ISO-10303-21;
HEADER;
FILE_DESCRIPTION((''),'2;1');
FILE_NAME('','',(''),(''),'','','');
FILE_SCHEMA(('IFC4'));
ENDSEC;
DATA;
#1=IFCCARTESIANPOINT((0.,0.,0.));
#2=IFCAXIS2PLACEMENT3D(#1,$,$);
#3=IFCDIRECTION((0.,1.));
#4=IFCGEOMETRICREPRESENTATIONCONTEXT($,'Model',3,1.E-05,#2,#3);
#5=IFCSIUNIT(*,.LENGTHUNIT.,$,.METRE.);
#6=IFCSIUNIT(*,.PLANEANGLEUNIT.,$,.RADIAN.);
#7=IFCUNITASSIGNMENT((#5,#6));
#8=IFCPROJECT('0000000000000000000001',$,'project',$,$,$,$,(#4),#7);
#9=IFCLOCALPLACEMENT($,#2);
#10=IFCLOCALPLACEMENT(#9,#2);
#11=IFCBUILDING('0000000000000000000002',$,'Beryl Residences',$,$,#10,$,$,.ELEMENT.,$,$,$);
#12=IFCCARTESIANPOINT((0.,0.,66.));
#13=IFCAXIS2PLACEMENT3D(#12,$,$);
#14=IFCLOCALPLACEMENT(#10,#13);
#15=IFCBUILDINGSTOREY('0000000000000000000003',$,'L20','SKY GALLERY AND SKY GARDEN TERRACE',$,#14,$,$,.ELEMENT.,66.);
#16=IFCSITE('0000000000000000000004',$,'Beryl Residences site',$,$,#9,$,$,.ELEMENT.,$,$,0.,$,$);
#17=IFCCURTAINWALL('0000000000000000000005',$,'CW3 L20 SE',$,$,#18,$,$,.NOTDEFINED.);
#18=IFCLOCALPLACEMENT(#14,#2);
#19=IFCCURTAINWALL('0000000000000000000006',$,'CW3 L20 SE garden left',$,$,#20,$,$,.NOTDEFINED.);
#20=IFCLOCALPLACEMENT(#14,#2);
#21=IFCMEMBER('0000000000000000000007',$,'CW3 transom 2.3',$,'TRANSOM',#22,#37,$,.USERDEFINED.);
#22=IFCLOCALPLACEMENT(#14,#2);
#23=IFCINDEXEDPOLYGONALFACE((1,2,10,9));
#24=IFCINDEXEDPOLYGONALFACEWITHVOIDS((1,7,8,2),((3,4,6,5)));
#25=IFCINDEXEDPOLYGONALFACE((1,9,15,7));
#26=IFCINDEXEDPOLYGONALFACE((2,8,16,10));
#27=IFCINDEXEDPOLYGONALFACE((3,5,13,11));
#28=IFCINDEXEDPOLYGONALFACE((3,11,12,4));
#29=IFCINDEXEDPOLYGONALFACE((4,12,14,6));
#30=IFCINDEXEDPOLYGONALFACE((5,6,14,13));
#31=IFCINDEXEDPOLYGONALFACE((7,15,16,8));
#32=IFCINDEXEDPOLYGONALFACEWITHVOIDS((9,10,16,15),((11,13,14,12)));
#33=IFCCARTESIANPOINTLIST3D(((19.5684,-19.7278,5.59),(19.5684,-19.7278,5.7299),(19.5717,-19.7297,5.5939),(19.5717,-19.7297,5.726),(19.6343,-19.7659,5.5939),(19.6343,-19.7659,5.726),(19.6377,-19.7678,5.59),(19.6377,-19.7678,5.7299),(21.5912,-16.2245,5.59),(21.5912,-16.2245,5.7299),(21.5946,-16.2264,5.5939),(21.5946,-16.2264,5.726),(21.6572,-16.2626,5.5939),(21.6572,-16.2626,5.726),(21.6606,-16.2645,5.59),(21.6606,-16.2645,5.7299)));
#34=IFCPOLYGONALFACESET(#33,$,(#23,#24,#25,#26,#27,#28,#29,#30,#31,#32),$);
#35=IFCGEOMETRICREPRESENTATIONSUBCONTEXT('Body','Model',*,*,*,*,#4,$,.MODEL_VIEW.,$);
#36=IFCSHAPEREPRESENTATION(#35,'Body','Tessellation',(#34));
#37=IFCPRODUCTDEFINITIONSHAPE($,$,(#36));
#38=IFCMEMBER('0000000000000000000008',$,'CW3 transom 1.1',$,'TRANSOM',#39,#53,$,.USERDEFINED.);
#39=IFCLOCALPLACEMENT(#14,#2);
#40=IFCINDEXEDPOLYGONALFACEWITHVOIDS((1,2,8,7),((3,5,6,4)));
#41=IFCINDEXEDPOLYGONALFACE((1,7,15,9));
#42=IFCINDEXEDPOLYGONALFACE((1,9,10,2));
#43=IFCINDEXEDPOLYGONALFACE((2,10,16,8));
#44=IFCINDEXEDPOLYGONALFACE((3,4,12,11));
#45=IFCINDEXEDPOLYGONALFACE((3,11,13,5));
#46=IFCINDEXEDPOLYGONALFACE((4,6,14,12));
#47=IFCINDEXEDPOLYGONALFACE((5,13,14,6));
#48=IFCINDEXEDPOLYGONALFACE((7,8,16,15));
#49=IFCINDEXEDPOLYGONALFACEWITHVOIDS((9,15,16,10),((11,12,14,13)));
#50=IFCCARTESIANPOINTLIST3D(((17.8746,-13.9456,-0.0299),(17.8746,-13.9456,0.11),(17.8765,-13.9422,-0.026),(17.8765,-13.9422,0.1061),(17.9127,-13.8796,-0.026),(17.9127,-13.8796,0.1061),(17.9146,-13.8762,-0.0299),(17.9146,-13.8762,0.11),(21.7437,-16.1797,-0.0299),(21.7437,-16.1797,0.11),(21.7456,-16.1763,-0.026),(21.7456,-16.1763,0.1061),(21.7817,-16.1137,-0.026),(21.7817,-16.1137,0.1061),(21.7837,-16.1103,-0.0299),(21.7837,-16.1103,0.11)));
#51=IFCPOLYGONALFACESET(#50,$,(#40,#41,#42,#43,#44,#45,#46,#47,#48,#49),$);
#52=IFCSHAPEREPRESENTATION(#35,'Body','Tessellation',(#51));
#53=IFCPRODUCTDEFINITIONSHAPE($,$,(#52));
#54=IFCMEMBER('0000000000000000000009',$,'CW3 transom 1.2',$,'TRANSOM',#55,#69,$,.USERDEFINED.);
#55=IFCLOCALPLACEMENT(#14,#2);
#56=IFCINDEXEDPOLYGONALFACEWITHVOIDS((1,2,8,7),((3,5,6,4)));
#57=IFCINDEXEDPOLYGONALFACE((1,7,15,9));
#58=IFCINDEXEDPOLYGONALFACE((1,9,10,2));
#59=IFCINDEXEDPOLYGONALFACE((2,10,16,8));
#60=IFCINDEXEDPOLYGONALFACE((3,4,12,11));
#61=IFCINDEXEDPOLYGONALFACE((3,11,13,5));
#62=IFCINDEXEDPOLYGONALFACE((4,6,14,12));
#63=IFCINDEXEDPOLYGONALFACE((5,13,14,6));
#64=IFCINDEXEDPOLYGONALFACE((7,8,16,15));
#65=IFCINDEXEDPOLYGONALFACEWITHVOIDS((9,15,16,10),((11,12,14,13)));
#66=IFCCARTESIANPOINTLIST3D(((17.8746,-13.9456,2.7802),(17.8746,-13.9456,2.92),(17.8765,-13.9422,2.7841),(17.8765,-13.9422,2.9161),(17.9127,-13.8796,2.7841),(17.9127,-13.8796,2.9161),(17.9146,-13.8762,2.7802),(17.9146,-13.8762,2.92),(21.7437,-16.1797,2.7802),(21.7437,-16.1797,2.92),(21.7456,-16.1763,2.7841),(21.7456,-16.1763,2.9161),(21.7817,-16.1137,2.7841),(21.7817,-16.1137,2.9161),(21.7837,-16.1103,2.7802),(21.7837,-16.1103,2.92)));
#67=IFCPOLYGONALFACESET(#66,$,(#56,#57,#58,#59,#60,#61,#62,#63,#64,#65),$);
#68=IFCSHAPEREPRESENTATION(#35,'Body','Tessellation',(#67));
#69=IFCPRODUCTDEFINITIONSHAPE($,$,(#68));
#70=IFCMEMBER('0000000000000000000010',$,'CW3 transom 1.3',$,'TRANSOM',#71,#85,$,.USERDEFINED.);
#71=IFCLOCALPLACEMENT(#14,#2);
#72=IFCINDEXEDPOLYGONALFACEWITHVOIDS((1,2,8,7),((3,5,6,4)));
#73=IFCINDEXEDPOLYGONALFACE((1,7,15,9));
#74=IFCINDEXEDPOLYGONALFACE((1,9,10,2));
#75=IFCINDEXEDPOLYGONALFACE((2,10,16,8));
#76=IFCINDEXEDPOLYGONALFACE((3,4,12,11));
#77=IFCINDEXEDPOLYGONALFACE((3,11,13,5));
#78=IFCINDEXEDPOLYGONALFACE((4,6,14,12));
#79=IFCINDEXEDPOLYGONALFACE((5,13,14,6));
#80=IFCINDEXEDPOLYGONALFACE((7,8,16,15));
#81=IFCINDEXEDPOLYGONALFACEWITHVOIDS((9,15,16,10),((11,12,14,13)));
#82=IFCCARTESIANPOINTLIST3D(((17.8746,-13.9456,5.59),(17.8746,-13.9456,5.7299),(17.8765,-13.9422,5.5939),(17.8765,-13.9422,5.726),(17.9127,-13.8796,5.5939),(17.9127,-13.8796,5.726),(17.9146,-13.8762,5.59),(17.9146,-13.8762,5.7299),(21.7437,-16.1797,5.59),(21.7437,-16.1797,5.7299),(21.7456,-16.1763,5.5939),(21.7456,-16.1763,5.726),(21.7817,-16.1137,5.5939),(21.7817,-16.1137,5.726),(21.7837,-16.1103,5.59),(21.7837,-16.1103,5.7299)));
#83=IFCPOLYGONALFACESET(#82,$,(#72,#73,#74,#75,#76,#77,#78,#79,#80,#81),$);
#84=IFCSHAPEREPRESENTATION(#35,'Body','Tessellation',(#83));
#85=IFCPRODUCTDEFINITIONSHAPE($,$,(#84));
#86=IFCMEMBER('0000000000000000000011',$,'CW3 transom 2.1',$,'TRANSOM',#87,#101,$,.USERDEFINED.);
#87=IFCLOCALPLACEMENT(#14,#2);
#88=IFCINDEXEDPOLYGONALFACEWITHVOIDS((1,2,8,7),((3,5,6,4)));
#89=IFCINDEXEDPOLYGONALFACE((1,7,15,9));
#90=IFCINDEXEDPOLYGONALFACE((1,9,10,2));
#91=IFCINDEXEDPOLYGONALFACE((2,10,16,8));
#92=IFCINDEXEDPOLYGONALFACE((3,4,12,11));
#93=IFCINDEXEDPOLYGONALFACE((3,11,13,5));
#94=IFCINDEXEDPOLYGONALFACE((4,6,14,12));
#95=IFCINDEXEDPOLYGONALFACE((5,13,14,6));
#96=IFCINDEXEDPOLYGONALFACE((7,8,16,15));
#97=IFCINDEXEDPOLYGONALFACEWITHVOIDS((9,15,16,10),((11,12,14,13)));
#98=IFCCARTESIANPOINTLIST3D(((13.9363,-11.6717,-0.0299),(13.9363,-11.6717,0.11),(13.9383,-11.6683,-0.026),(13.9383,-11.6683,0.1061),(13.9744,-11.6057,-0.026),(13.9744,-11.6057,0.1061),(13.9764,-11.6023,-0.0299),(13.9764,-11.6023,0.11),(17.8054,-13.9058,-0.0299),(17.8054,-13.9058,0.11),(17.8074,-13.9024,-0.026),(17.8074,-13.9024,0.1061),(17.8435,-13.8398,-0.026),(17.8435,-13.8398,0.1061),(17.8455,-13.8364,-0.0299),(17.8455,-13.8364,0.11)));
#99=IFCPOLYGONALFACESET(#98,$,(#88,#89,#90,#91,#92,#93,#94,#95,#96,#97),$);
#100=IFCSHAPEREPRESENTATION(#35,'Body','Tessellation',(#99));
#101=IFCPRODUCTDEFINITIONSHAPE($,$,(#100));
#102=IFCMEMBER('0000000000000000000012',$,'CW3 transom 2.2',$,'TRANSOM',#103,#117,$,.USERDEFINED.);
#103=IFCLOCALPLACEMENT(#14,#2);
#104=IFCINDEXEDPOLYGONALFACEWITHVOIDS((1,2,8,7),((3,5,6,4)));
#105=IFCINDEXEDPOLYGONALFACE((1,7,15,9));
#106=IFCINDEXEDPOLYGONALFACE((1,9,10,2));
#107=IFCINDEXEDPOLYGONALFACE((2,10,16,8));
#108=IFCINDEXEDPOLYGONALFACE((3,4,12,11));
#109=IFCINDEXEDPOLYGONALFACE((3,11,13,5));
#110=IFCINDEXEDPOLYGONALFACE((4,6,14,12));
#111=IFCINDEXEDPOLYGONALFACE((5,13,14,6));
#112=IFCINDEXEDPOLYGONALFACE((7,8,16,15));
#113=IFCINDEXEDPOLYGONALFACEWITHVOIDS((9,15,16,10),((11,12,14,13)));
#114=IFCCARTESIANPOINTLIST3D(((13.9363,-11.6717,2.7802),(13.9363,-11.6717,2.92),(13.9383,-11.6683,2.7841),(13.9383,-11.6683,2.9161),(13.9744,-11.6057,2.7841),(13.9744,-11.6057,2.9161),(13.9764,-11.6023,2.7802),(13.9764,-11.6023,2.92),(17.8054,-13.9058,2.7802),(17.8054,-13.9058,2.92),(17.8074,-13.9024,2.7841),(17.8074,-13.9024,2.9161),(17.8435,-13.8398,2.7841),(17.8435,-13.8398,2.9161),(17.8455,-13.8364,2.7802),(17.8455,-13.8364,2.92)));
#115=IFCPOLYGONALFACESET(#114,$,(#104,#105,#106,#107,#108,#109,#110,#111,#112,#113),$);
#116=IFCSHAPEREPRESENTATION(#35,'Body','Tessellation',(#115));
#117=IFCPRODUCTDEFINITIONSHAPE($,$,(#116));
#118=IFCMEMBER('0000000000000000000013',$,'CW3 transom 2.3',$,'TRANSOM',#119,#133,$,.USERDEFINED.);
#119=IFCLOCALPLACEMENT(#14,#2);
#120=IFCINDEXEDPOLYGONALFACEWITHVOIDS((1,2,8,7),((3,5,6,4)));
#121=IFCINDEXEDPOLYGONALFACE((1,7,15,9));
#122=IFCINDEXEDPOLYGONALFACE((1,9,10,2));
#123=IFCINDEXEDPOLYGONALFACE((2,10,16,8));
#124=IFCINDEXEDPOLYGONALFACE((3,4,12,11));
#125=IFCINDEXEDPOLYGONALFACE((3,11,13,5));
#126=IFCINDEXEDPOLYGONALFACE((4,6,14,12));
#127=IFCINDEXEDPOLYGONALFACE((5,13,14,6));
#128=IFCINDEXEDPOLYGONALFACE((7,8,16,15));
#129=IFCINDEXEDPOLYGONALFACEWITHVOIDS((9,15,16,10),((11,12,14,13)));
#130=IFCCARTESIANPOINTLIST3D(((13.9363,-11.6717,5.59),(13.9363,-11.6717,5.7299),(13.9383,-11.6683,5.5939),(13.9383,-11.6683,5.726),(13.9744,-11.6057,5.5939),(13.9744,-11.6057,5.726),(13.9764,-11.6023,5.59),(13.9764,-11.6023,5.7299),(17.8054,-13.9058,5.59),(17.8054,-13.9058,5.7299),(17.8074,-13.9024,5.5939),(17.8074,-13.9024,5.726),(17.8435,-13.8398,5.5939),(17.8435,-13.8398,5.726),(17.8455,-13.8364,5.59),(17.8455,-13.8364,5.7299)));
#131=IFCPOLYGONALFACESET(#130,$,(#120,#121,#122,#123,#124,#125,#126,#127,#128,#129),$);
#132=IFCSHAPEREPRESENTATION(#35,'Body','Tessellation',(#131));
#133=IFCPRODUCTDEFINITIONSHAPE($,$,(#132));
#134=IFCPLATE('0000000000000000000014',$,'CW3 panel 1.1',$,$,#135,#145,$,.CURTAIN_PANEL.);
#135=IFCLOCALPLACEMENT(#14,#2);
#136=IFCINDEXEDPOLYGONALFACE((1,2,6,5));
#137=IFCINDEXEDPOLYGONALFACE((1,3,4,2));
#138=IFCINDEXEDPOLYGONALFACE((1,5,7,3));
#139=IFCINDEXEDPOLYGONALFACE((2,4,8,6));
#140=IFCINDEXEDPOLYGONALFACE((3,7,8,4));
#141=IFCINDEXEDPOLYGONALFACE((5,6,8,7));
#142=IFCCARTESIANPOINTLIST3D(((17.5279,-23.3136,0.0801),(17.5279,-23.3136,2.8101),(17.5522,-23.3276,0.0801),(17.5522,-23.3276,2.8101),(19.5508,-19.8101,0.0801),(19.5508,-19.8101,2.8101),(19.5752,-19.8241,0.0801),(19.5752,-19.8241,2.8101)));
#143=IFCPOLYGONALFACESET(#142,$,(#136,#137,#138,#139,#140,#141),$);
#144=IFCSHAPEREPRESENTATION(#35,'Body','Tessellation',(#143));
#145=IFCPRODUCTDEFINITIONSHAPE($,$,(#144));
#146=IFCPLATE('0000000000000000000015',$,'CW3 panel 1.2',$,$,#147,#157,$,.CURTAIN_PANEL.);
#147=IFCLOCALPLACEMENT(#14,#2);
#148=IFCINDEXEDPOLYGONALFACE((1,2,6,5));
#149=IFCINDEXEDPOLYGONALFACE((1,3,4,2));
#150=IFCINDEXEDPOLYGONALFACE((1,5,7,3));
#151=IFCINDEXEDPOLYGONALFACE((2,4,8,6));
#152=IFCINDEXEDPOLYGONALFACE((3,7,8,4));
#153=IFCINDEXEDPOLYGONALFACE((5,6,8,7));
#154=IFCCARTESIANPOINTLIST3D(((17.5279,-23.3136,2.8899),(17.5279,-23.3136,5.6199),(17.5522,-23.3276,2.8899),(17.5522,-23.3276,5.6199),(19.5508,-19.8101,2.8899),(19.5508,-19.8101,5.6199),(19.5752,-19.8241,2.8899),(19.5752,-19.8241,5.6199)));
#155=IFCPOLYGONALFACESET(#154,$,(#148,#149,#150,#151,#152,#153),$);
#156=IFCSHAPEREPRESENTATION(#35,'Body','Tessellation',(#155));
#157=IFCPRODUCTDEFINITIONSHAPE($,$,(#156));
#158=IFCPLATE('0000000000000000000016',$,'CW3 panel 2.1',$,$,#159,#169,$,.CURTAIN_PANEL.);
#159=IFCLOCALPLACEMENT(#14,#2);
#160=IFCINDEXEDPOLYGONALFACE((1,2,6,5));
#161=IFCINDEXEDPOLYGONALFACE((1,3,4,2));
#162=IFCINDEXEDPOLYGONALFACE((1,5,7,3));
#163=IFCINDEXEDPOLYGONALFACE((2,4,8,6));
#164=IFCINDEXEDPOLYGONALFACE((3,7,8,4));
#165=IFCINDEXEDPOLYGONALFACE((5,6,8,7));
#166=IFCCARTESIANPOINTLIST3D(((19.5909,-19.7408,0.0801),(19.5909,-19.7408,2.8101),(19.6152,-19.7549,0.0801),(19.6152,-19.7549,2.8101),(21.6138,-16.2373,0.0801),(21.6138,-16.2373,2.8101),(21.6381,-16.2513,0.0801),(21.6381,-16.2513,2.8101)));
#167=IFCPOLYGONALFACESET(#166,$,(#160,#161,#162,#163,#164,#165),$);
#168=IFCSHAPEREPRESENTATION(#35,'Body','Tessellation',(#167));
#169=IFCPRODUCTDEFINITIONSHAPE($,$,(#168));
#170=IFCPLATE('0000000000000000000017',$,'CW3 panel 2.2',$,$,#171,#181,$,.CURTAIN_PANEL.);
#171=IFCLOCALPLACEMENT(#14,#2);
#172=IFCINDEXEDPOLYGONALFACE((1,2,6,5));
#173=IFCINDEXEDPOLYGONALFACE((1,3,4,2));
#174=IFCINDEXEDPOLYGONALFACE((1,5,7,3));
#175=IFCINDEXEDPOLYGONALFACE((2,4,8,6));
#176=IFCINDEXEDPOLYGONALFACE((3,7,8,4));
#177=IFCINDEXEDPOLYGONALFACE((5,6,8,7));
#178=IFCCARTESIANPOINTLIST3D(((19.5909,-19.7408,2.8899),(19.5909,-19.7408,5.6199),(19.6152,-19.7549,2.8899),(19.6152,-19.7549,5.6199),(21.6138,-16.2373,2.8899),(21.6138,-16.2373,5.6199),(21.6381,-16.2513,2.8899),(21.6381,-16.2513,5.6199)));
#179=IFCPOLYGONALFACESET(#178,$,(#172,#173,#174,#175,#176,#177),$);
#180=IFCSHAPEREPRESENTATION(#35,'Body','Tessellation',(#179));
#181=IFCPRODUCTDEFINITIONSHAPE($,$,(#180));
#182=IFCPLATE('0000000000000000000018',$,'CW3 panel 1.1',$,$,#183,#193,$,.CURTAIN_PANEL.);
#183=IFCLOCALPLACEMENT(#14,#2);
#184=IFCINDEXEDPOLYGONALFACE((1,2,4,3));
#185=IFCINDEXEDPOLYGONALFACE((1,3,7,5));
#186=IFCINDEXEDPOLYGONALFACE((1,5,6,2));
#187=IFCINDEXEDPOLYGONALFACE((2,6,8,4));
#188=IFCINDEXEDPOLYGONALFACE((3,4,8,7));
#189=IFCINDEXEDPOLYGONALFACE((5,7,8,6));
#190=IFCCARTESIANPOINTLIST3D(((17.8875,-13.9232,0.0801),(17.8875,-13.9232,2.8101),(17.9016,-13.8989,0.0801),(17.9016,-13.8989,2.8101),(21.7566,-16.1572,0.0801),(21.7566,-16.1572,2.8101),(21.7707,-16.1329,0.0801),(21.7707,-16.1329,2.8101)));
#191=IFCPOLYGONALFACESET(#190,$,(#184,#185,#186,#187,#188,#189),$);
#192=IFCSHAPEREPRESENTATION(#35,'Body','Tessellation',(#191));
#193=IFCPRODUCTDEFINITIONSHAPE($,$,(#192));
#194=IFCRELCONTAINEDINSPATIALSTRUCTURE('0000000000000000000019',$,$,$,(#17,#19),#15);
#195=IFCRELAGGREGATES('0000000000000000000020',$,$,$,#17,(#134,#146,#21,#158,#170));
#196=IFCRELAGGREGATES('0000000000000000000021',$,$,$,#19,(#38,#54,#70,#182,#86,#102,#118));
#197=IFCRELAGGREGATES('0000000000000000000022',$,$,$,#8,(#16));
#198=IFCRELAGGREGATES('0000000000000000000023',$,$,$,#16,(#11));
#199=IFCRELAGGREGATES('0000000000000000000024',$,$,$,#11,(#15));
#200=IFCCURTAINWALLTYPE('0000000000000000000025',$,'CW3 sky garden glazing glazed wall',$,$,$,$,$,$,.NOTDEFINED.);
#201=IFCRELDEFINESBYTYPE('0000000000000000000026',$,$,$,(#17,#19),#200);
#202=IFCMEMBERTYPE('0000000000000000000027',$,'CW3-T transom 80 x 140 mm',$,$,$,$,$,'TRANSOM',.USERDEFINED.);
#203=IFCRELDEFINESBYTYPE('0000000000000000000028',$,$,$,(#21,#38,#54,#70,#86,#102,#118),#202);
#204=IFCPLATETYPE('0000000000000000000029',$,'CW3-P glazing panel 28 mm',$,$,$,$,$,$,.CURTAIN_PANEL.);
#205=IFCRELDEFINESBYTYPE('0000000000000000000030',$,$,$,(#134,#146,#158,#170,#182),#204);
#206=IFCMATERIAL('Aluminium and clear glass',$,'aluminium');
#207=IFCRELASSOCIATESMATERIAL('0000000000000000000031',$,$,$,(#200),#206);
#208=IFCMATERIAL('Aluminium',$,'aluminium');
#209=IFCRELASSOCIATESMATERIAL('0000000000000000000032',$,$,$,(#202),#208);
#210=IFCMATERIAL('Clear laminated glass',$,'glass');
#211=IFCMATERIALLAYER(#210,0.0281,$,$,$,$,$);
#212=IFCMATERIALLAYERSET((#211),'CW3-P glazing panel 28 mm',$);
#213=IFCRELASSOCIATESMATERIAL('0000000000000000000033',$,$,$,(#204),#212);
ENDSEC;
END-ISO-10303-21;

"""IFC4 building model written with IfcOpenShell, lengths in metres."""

from ifc_helpers import new_model, si_unit, direction, frame, origin, origin_2d, place, context, subcontext, project, spatial, rectangle, hollow_rectangle, extrude, material, layer, layer_set, material_profile, profile_set, type_object, element, aggregate, save


model = new_model("IFC4")

# Units and contexts
model_context = context("Model", 3, precision=1e-05, world=origin(), true_north=direction((0.0, 1.0)))
body_context = subcontext(model_context, "Body", "Model", "MODEL_VIEW")
ifc_project = project(units=[si_unit("LENGTHUNIT", "METRE"), si_unit("PLANEANGLEUNIT", "RADIAN")], contexts=[model_context])

# Site, building, storey
site_placement = place(None, origin())
site = spatial("IfcSite", under=ifc_project, at=site_placement, Name="Beryl Residences site", CompositionType="ELEMENT", RefElevation=0.0)
building_placement = place(site_placement, origin())
building = spatial("IfcBuilding", under=site, at=building_placement, Name="Beryl Residences", CompositionType="ELEMENT")
storey_placement = place(building_placement, frame((0.0, 0.0, 66.0)))
storey = spatial("IfcBuildingStorey", under=building, at=storey_placement, Name="L20", Description="SKY GALLERY AND SKY GARDEN TERRACE", CompositionType="ELEMENT", Elevation=66.0)

# Curtain walls
ifc_material_1 = material(Name="Aluminium and clear glass", Category="aluminium")
curtain_wall_type = type_object("IfcCurtainWallType", Name="CW3 sky garden glazing glazed wall", PredefinedType="NOTDEFINED", material=ifc_material_1)
curtain_wall_1_placement = place(storey_placement, origin())
curtain_wall_1 = element("IfcCurtainWall", 1, at=curtain_wall_1_placement, inside=storey, type_object=curtain_wall_type, Name="CW3 L20 SE", PredefinedType="NOTDEFINED")
curtain_wall_2_placement = place(storey_placement, origin())
curtain_wall_2 = element("IfcCurtainWall", 2, at=curtain_wall_2_placement, inside=storey, type_object=curtain_wall_type, Name="CW3 L20 SE garden left", PredefinedType="NOTDEFINED")

# Members
ifc_material_2 = material(Name="Aluminium", Category="aluminium")
ifc_material_profile_1 = material_profile(ifc_material_2, hollow_rectangle(XDim=0.0801, YDim=0.1399, WallThickness=0.0039, at=origin_2d()))
ifc_profile_set_1 = profile_set([ifc_material_profile_1], Name="Aluminium")
member_type_1 = type_object("IfcMemberType", Name="CW3-T transom 80 x 140 mm", ElementType="TRANSOM", PredefinedType="USERDEFINED", material=ifc_profile_set_1)
member_1_placement = place(storey_placement, frame((19.603, -19.7478, 5.6599), z_axis=(0.500046, 0.865999, 0.0), x_axis=(-0.865999, 0.500046, 0.0)))
member_1 = element("IfcMember", 3, at=member_1_placement, type_object=member_type_1, Name="CW3 transom 2.3", ObjectType="TRANSOM", PredefinedType="USERDEFINED", context=body_context, shape_type="SweptSolid", body=[
    extrude(hollow_rectangle(XDim=0.0801, YDim=0.1399, WallThickness=0.0039, at=origin_2d()), origin(), (0.0, 0.0, 1.0), 4.0454),
])
member_2_placement = place(storey_placement, frame((21.7637, -16.145, 0.04), z_axis=(-0.865998, 0.500047, 0.0), x_axis=(-0.500047, -0.865998, 0.0)))
member_2 = element("IfcMember", 4, at=member_2_placement, type_object=member_type_1, Name="CW3 transom 1.1", ObjectType="TRANSOM", PredefinedType="USERDEFINED", context=body_context, shape_type="SweptSolid", body=[
    extrude(hollow_rectangle(XDim=0.0801, YDim=0.1399, WallThickness=0.0039, at=origin_2d()), origin(), (0.0, 0.0, 1.0), 4.4678),
])
member_3_placement = place(storey_placement, frame((21.7637, -16.145, 2.8501), z_axis=(-0.865998, 0.500047, 0.0), x_axis=(-0.500047, -0.865998, 0.0)))
member_3 = element("IfcMember", 5, at=member_3_placement, type_object=member_type_1, Name="CW3 transom 1.2", ObjectType="TRANSOM", PredefinedType="USERDEFINED", context=body_context, shape_type="SweptSolid", body=[
    extrude(hollow_rectangle(XDim=0.0801, YDim=0.1399, WallThickness=0.0039, at=origin_2d()), origin(), (0.0, 0.0, 1.0), 4.4678),
])
member_4_placement = place(storey_placement, frame((21.7637, -16.145, 5.6599), z_axis=(-0.865998, 0.500047, 0.0), x_axis=(-0.500047, -0.865998, 0.0)))
member_4 = element("IfcMember", 6, at=member_4_placement, type_object=member_type_1, Name="CW3 transom 1.3", ObjectType="TRANSOM", PredefinedType="USERDEFINED", context=body_context, shape_type="SweptSolid", body=[
    extrude(hollow_rectangle(XDim=0.0801, YDim=0.1399, WallThickness=0.0039, at=origin_2d()), origin(), (0.0, 0.0, 1.0), 4.4678),
])
member_5_placement = place(storey_placement, frame((17.8254, -13.8711, 0.04), z_axis=(-0.865998, 0.500047, 0.0), x_axis=(-0.500047, -0.865998, 0.0)))
member_5 = element("IfcMember", 7, at=member_5_placement, type_object=member_type_1, Name="CW3 transom 2.1", ObjectType="TRANSOM", PredefinedType="USERDEFINED", context=body_context, shape_type="SweptSolid", body=[
    extrude(hollow_rectangle(XDim=0.0801, YDim=0.1399, WallThickness=0.0039, at=origin_2d()), origin(), (0.0, 0.0, 1.0), 4.4678),
])
member_6_placement = place(storey_placement, frame((17.8254, -13.8711, 2.8501), z_axis=(-0.865998, 0.500047, 0.0), x_axis=(-0.500047, -0.865998, 0.0)))
member_6 = element("IfcMember", 8, at=member_6_placement, type_object=member_type_1, Name="CW3 transom 2.2", ObjectType="TRANSOM", PredefinedType="USERDEFINED", context=body_context, shape_type="SweptSolid", body=[
    extrude(hollow_rectangle(XDim=0.0801, YDim=0.1399, WallThickness=0.0039, at=origin_2d()), origin(), (0.0, 0.0, 1.0), 4.4678),
])
member_7_placement = place(storey_placement, frame((17.8254, -13.8711, 5.6599), z_axis=(-0.865998, 0.500047, 0.0), x_axis=(-0.500047, -0.865998, 0.0)))
member_7 = element("IfcMember", 9, at=member_7_placement, type_object=member_type_1, Name="CW3 transom 2.3", ObjectType="TRANSOM", PredefinedType="USERDEFINED", context=body_context, shape_type="SweptSolid", body=[
    extrude(hollow_rectangle(XDim=0.0801, YDim=0.1399, WallThickness=0.0039, at=origin_2d()), origin(), (0.0, 0.0, 1.0), 4.4678),
])

# Plates
ifc_material_3 = material(Name="Clear laminated glass", Category="glass")
ifc_layer_1 = layer(ifc_material_3, 0.0281)
ifc_layer_set_1 = layer_set([ifc_layer_1], Name="CW3-P glazing panel 28 mm")
plate_type = type_object("IfcPlateType", Name="CW3-P glazing panel 28 mm", PredefinedType="CURTAIN_PANEL", material=ifc_layer_set_1)
plate_1_placement = place(storey_placement, frame((18.5515, -21.5688, 0.0801), z_axis=(0.0, 0.0, 1.0), x_axis=(0.500038, 0.866004, 0.0)))
plate_1 = element("IfcPlate", 10, at=plate_1_placement, type_object=plate_type, Name="CW3 panel 1.1", PredefinedType="CURTAIN_PANEL", context=body_context, shape_type="SweptSolid", body=[
    extrude(rectangle(XDim=4.0457, YDim=0.0281, at=origin_2d()), origin(), (0.0, 0.0, 1.0), 2.73),
])
plate_2_placement = place(storey_placement, frame((18.5515, -21.5688, 2.8899), z_axis=(0.0, 0.0, 1.0), x_axis=(0.500038, 0.866004, 0.0)))
plate_2 = element("IfcPlate", 11, at=plate_2_placement, type_object=plate_type, Name="CW3 panel 1.2", PredefinedType="CURTAIN_PANEL", context=body_context, shape_type="SweptSolid", body=[
    extrude(rectangle(XDim=4.0457, YDim=0.0281, at=origin_2d()), origin(), (0.0, 0.0, 1.0), 2.73),
])
plate_3_placement = place(storey_placement, frame((20.6145, -17.9961, 0.0801), z_axis=(0.0, 0.0, 1.0), x_axis=(0.500038, 0.866004, 0.0)))
plate_3 = element("IfcPlate", 12, at=plate_3_placement, type_object=plate_type, Name="CW3 panel 2.1", PredefinedType="CURTAIN_PANEL", context=body_context, shape_type="SweptSolid", body=[
    extrude(rectangle(XDim=4.0457, YDim=0.0281, at=origin_2d()), origin(), (0.0, 0.0, 1.0), 2.73),
])
plate_4_placement = place(storey_placement, frame((20.6145, -17.9961, 2.8899), z_axis=(0.0, 0.0, 1.0), x_axis=(0.500038, 0.866004, 0.0)))
plate_4 = element("IfcPlate", 13, at=plate_4_placement, type_object=plate_type, Name="CW3 panel 2.2", PredefinedType="CURTAIN_PANEL", context=body_context, shape_type="SweptSolid", body=[
    extrude(rectangle(XDim=4.0457, YDim=0.0281, at=origin_2d()), origin(), (0.0, 0.0, 1.0), 2.73),
])
aggregate(curtain_wall_1, [plate_1, plate_2, member_1, plate_3, plate_4])
plate_5_placement = place(storey_placement, frame((19.8291, -15.0281, 0.0801), z_axis=(0.0, 0.0, 1.0), x_axis=(-0.866008, 0.500031, 0.0)))
plate_5 = element("IfcPlate", 14, at=plate_5_placement, type_object=plate_type, Name="CW3 panel 1.1", PredefinedType="CURTAIN_PANEL", context=body_context, shape_type="SweptSolid", body=[
    extrude(rectangle(XDim=4.4678, YDim=0.0281, at=origin_2d()), origin(), (0.0, 0.0, 1.0), 2.73),
])
aggregate(curtain_wall_2, [member_2, member_3, member_4, plate_5, member_5, member_6, member_7])

save(model, "model.ifc")
